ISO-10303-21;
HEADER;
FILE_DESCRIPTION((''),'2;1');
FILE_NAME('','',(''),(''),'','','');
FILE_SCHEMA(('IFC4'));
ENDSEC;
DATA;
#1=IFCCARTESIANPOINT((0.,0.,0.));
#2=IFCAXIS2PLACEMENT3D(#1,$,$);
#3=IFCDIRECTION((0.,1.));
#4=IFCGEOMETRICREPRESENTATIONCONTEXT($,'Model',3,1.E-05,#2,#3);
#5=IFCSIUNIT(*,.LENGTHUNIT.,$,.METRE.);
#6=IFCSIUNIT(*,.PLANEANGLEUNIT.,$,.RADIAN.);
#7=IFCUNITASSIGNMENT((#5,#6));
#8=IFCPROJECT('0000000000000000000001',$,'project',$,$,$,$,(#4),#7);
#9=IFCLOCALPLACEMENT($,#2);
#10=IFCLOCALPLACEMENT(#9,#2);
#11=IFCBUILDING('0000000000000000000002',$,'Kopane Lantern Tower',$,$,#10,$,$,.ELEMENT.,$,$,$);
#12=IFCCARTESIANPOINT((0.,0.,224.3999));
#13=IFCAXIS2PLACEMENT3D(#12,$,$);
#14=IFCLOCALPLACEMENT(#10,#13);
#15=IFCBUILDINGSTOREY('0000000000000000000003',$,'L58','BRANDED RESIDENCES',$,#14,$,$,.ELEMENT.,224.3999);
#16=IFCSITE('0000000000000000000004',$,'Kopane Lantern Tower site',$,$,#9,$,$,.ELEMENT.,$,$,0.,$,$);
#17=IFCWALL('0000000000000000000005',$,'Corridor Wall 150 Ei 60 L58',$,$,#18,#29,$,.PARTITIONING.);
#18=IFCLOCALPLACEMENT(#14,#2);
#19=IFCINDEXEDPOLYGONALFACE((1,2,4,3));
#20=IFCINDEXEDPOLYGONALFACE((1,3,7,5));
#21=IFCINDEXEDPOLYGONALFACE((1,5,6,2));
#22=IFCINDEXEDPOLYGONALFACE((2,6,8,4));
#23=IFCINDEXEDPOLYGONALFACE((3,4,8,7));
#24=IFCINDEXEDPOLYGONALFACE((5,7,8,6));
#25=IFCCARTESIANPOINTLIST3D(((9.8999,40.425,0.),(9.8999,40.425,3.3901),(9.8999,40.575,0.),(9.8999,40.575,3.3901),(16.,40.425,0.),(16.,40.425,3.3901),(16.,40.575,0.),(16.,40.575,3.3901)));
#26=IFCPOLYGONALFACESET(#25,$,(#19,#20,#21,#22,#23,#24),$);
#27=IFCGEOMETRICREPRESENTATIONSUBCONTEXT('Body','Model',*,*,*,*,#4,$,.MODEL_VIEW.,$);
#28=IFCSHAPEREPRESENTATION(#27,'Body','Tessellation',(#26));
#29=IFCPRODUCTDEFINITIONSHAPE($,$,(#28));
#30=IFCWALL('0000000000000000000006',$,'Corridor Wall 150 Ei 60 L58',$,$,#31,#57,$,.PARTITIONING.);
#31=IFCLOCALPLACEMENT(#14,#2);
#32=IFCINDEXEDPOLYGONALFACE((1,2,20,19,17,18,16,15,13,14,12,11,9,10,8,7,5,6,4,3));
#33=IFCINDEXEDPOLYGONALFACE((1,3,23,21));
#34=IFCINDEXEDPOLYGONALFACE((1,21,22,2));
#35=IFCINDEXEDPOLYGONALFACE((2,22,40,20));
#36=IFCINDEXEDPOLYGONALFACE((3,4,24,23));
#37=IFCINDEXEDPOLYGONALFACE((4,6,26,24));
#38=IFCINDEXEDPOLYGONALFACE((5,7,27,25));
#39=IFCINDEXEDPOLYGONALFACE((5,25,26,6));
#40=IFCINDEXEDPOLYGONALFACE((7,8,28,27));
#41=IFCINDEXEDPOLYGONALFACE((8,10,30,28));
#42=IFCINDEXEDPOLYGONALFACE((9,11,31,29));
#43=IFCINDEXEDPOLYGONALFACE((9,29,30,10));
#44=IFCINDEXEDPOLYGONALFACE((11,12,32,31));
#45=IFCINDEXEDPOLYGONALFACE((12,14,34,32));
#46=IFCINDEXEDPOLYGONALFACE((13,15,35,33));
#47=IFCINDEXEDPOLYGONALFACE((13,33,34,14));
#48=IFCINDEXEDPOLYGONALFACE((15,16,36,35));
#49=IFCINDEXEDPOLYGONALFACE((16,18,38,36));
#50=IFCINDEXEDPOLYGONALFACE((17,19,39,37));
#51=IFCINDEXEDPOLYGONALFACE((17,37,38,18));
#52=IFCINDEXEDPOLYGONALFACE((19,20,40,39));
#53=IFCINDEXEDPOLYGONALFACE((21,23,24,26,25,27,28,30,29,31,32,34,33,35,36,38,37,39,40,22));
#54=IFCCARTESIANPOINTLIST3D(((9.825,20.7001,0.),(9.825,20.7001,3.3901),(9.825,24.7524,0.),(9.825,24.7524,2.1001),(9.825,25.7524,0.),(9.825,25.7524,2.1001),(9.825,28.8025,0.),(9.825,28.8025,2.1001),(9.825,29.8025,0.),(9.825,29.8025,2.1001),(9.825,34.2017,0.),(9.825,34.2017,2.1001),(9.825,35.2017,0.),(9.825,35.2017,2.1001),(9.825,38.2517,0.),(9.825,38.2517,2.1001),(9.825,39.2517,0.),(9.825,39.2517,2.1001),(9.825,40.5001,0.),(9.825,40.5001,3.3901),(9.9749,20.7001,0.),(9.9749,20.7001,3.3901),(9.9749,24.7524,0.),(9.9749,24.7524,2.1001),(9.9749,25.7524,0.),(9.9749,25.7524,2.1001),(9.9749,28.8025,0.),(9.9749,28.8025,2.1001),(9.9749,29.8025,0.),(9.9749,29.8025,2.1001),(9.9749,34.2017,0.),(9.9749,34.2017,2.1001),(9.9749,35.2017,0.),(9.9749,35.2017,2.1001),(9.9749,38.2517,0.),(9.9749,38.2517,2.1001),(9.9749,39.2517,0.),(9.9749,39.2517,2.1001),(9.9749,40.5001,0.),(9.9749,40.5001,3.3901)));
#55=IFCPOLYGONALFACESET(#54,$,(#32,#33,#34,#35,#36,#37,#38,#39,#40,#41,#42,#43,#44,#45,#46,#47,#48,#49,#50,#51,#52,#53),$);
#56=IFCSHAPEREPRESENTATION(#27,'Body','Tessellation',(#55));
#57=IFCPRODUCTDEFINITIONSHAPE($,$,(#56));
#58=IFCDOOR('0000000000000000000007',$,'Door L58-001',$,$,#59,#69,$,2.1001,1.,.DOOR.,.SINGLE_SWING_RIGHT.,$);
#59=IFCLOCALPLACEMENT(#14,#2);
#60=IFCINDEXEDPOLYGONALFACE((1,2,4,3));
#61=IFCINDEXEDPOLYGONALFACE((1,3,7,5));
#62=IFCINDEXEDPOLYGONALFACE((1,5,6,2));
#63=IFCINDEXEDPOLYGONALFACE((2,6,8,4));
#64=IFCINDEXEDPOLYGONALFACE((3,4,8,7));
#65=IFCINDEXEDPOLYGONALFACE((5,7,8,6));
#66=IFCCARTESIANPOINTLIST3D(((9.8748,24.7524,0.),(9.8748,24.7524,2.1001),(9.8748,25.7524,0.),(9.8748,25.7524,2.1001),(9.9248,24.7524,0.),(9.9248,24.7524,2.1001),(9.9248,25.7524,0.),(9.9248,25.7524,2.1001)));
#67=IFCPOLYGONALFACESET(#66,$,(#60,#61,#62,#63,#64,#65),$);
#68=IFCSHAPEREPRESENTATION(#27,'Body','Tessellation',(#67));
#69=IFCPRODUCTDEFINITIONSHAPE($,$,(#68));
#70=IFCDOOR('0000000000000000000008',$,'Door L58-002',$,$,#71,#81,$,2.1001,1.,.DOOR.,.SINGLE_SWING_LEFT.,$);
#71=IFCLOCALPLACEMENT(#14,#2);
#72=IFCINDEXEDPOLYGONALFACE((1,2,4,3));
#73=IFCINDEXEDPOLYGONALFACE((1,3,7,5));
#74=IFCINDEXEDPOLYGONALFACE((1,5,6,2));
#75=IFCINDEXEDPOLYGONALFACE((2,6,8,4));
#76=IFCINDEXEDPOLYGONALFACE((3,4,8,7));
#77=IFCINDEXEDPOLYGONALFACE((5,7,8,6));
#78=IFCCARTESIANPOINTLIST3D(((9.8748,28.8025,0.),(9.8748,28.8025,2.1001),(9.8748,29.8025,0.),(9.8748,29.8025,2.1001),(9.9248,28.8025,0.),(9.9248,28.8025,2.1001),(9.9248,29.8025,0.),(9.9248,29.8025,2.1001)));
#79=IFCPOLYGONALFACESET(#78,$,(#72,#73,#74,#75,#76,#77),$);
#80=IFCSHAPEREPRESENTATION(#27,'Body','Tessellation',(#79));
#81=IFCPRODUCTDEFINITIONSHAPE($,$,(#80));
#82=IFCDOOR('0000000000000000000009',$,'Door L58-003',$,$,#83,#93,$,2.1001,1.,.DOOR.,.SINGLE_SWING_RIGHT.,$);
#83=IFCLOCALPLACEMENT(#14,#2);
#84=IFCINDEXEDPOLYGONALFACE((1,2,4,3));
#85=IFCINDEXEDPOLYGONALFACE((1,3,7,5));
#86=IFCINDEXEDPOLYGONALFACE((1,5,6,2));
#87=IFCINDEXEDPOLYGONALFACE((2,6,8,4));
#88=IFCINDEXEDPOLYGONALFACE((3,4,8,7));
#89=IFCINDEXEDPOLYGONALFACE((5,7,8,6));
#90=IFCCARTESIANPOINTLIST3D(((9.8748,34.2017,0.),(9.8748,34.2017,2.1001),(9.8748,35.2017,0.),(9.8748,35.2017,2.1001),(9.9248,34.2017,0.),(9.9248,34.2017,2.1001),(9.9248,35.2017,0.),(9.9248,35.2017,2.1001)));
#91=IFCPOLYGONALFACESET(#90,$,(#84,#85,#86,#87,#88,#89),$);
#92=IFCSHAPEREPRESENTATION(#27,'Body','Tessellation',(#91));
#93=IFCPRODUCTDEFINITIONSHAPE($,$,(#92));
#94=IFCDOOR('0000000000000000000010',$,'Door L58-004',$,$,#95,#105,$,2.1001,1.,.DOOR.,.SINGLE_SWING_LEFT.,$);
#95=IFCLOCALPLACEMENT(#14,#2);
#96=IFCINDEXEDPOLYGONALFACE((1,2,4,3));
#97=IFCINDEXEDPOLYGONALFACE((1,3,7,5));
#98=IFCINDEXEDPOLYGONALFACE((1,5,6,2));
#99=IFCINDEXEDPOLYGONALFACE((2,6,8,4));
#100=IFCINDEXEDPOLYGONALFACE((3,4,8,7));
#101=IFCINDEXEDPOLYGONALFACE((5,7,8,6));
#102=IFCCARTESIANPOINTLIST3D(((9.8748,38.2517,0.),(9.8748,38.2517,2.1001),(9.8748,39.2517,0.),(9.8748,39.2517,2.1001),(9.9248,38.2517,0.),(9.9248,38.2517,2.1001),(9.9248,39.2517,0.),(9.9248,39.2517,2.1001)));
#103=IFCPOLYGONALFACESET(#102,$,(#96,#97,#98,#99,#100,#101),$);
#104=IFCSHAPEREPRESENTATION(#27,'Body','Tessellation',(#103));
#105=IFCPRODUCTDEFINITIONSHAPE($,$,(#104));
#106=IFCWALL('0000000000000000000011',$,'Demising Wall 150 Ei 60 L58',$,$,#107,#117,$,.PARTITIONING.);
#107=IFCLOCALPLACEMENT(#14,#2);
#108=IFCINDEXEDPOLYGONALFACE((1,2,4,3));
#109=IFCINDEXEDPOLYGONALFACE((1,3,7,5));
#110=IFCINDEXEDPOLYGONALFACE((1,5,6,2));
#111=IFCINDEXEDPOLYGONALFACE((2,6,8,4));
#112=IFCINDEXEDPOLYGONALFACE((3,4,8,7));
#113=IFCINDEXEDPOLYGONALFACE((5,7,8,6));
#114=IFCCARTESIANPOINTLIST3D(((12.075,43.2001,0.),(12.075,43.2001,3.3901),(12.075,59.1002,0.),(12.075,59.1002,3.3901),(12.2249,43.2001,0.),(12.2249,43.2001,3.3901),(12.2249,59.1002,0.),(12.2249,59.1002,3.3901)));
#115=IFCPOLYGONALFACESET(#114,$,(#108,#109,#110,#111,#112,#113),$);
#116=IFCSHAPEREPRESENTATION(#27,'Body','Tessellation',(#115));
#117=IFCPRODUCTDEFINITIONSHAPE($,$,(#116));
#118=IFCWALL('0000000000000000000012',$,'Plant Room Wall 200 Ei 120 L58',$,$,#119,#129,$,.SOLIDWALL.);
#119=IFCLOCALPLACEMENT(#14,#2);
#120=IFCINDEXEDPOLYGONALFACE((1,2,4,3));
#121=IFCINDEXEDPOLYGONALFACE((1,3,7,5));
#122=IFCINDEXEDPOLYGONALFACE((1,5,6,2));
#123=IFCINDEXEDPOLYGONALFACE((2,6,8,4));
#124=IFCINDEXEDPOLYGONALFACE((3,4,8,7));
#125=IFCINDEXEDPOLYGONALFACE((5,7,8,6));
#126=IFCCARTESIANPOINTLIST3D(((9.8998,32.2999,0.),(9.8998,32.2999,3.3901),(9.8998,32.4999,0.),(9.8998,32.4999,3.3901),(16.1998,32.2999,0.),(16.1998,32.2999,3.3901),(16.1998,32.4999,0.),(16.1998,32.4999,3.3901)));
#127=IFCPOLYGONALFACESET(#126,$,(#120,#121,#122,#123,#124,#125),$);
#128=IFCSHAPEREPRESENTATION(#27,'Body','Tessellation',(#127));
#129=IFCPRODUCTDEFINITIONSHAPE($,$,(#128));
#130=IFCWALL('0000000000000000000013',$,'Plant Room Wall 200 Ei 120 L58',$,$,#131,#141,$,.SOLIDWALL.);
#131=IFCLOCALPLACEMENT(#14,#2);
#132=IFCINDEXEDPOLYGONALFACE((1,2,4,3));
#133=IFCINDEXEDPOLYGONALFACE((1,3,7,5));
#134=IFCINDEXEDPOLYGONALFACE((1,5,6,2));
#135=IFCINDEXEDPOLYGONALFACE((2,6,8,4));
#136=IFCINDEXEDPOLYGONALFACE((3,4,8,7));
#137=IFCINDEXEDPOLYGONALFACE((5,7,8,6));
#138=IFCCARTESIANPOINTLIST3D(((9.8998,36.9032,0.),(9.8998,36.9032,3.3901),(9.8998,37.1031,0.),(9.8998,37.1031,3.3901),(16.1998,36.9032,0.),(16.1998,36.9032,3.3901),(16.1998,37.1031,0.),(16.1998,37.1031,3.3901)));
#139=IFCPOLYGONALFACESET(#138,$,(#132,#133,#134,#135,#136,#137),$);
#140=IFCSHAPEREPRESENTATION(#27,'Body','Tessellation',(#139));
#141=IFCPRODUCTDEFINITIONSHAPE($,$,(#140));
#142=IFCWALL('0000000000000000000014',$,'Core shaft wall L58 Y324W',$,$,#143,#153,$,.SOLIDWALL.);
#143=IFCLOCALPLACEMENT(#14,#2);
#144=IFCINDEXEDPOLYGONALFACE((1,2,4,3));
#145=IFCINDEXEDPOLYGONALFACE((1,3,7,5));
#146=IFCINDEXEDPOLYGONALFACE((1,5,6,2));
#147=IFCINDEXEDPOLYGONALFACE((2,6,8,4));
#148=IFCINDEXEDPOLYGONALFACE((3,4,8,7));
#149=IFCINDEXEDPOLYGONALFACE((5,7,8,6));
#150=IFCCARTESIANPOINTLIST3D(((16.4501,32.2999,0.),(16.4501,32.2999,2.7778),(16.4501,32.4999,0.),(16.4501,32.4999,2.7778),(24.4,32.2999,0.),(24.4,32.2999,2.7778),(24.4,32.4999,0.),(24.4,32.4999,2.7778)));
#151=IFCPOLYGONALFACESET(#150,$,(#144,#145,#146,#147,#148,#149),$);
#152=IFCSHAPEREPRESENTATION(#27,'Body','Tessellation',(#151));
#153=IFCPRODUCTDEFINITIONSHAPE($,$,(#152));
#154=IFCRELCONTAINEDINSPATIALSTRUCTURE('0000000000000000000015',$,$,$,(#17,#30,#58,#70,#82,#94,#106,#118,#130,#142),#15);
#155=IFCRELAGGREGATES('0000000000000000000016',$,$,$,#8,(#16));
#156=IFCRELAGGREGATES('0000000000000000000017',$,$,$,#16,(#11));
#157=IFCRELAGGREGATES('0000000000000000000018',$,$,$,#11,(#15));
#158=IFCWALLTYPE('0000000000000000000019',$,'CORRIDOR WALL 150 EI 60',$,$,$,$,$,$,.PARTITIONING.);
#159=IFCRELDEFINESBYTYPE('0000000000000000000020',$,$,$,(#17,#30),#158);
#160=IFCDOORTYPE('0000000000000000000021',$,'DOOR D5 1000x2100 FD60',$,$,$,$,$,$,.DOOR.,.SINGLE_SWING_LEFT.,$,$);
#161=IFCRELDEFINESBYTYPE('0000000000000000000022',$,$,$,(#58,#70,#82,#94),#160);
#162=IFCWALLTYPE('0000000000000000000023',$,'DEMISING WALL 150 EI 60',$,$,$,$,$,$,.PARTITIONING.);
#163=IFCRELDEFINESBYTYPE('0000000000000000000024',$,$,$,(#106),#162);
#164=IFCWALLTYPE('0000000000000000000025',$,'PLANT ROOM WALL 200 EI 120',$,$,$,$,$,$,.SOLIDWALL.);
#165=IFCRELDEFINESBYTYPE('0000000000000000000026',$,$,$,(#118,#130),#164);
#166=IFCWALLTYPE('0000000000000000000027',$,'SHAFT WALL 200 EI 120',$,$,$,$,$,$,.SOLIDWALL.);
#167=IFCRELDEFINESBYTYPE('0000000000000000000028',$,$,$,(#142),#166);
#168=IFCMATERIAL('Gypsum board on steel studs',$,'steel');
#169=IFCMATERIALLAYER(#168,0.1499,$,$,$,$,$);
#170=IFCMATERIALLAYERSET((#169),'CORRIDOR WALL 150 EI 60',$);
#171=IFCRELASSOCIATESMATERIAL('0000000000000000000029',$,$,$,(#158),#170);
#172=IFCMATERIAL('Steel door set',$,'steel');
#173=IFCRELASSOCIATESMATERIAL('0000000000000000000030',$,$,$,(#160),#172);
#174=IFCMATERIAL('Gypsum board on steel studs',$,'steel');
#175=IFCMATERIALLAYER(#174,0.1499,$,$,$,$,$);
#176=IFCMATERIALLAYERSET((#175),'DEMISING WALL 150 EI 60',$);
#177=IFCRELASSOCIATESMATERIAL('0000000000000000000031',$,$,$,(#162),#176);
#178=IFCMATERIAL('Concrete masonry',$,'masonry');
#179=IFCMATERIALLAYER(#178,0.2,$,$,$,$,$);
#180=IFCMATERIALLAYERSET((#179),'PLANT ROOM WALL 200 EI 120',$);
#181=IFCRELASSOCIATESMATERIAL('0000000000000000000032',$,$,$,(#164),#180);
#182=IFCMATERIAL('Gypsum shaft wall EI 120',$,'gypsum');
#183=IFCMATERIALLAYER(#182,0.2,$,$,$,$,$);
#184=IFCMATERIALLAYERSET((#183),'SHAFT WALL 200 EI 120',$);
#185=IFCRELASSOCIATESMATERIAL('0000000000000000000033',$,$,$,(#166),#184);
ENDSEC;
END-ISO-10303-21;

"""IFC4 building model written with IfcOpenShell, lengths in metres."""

from ifc_helpers import new_model, si_unit, direction, frame, frame_2d, origin, place, context, subcontext, project, spatial, rectangle, extrude, material, layer, layer_set, type_object, element, fill, save


model = new_model("IFC4")

# Units and contexts
model_context = context("Model", 3, precision=1e-05, world=origin(), true_north=direction((0.0, 1.0)))
body_context = subcontext(model_context, "Body", "Model", "MODEL_VIEW")
ifc_project = project(units=[si_unit("LENGTHUNIT", "METRE"), si_unit("PLANEANGLEUNIT", "RADIAN")], contexts=[model_context])

# Site, building, storey
site_placement = place(None, origin())
site = spatial("IfcSite", under=ifc_project, at=site_placement, Name="Kopane Lantern Tower site", CompositionType="ELEMENT", RefElevation=0.0)
building_placement = place(site_placement, origin())
building = spatial("IfcBuilding", under=site, at=building_placement, Name="Kopane Lantern Tower", CompositionType="ELEMENT")
storey_placement = place(building_placement, frame((0.0, 0.0, 224.3999)))
storey = spatial("IfcBuildingStorey", under=building, at=storey_placement, Name="L58", Description="BRANDED RESIDENCES", CompositionType="ELEMENT", Elevation=224.3999)

# Wall
ifc_material_1 = material(Name="Gypsum board on steel studs", Category="steel")
ifc_layer_1 = layer(ifc_material_1, 0.1499)
ifc_layer_set_1 = layer_set([ifc_layer_1], Name="CORRIDOR WALL 150 EI 60")
wall_type_1 = type_object("IfcWallType", Name="CORRIDOR WALL 150 EI 60", PredefinedType="PARTITIONING", material=ifc_layer_set_1)
wall_1_placement = place(storey_placement, frame((16.0, 40.5, 0.0), z_axis=(0.0, 0.0, 1.0), x_axis=(-1.0, 0.0, 0.0)))
element("IfcWall", 1, at=wall_1_placement, inside=storey, type_object=wall_type_1, Name="Corridor Wall 150 Ei 60 L58", PredefinedType="PARTITIONING", context=body_context, shape_type="SweptSolid", body=[
    extrude(rectangle(XDim=6.1001, YDim=0.1499, at=frame_2d((3.05, 0.0))), origin(), (0.0, 0.0, 1.0), 3.3901),
])

# Wall, openings, doors
wall_2_placement = place(storey_placement, frame((9.8999, 40.5, 0.0), z_axis=(0.0, 0.0, 1.0), x_axis=(0.0, -1.0, 0.0)))
wall_2 = element("IfcWall", 2, at=wall_2_placement, inside=storey, type_object=wall_type_1, Name="Corridor Wall 150 Ei 60 L58", PredefinedType="PARTITIONING", context=body_context, shape_type="SweptSolid", body=[
    extrude(rectangle(XDim=19.8, YDim=0.1499, at=frame_2d((9.8999, 0.0))), origin(), (0.0, 0.0, 1.0), 3.3901),
])
opening_1_placement = place(wall_2_placement, frame((14.7476, 0.0, 0.0)))
opening_1 = element("IfcOpeningElement", 3, at=opening_1_placement, cuts=wall_2, PredefinedType="OPENING", context=body_context, shape_type="SweptSolid", body=[
    extrude(rectangle(XDim=1.0, YDim=2.1001, at=frame_2d((0.5, 1.05))), frame((0.0, 0.085, 0.0), z_axis=(0.0, -1.0, 0.0), x_axis=(1.0, 0.0, 0.0)), (0.0, 0.0, 1.0), 0.1699),
])
opening_2_placement = place(wall_2_placement, frame((10.6975, 0.0, 0.0)))
opening_2 = element("IfcOpeningElement", 4, at=opening_2_placement, cuts=wall_2, PredefinedType="OPENING", context=body_context, shape_type="SweptSolid", body=[
    extrude(rectangle(XDim=1.0, YDim=2.1001, at=frame_2d((0.5, 1.05))), frame((0.0, 0.085, 0.0), z_axis=(0.0, -1.0, 0.0), x_axis=(1.0, 0.0, 0.0)), (0.0, 0.0, 1.0), 0.1699),
])
opening_3_placement = place(wall_2_placement, frame((5.2983, 0.0, 0.0)))
opening_3 = element("IfcOpeningElement", 5, at=opening_3_placement, cuts=wall_2, PredefinedType="OPENING", context=body_context, shape_type="SweptSolid", body=[
    extrude(rectangle(XDim=1.0, YDim=2.1001, at=frame_2d((0.5, 1.05))), frame((0.0, 0.085, 0.0), z_axis=(0.0, -1.0, 0.0), x_axis=(1.0, 0.0, 0.0)), (0.0, 0.0, 1.0), 0.1699),
])
opening_4_placement = place(wall_2_placement, frame((1.2483, 0.0, 0.0)))
opening_4 = element("IfcOpeningElement", 6, at=opening_4_placement, cuts=wall_2, PredefinedType="OPENING", context=body_context, shape_type="SweptSolid", body=[
    extrude(rectangle(XDim=1.0, YDim=2.1001, at=frame_2d((0.5, 1.05))), frame((0.0, 0.085, 0.0), z_axis=(0.0, -1.0, 0.0), x_axis=(1.0, 0.0, 0.0)), (0.0, 0.0, 1.0), 0.1699),
])
ifc_material_2 = material(Name="Steel door set", Category="steel")
door_type_1 = type_object("IfcDoorType", Name="DOOR D5 1000x2100 FD60", OperationType="SINGLE_SWING_LEFT", PredefinedType="DOOR", material=ifc_material_2)
door_1_placement = place(opening_1_placement, origin())
door_1 = element("IfcDoor", 7, at=door_1_placement, inside=storey, type_object=door_type_1, Name="Door L58-001", OperationType="SINGLE_SWING_RIGHT", OverallHeight=2.1001, OverallWidth=1.0, PredefinedType="DOOR", context=body_context, shape_type="SweptSolid", body=[
    extrude(rectangle(XDim=1.0, YDim=2.1001, at=frame_2d((0.5, 1.05))), frame((0.0, 0.0249, 0.0), z_axis=(0.0, -1.0, 0.0), x_axis=(1.0, 0.0, 0.0)), (0.0, 0.0, 1.0), 0.05),
])
fill(opening_1, door_1)
door_2_placement = place(opening_2_placement, origin())
door_2 = element("IfcDoor", 8, at=door_2_placement, inside=storey, type_object=door_type_1, Name="Door L58-002", OperationType="SINGLE_SWING_LEFT", OverallHeight=2.1001, OverallWidth=1.0, PredefinedType="DOOR", context=body_context, shape_type="SweptSolid", body=[
    extrude(rectangle(XDim=1.0, YDim=2.1001, at=frame_2d((0.5, 1.05))), frame((0.0, 0.0249, 0.0), z_axis=(0.0, -1.0, 0.0), x_axis=(1.0, 0.0, 0.0)), (0.0, 0.0, 1.0), 0.05),
])
fill(opening_2, door_2)
door_3_placement = place(opening_3_placement, origin())
door_3 = element("IfcDoor", 9, at=door_3_placement, inside=storey, type_object=door_type_1, Name="Door L58-003", OperationType="SINGLE_SWING_RIGHT", OverallHeight=2.1001, OverallWidth=1.0, PredefinedType="DOOR", context=body_context, shape_type="SweptSolid", body=[
    extrude(rectangle(XDim=1.0, YDim=2.1001, at=frame_2d((0.5, 1.05))), frame((0.0, 0.0249, 0.0), z_axis=(0.0, -1.0, 0.0), x_axis=(1.0, 0.0, 0.0)), (0.0, 0.0, 1.0), 0.05),
])
fill(opening_3, door_3)
door_4_placement = place(opening_4_placement, origin())
door_4 = element("IfcDoor", 10, at=door_4_placement, inside=storey, type_object=door_type_1, Name="Door L58-004", OperationType="SINGLE_SWING_LEFT", OverallHeight=2.1001, OverallWidth=1.0, PredefinedType="DOOR", context=body_context, shape_type="SweptSolid", body=[
    extrude(rectangle(XDim=1.0, YDim=2.1001, at=frame_2d((0.5, 1.05))), frame((0.0, 0.0249, 0.0), z_axis=(0.0, -1.0, 0.0), x_axis=(1.0, 0.0, 0.0)), (0.0, 0.0, 1.0), 0.05),
])
fill(opening_4, door_4)

# Walls
ifc_material_3 = material(Name="Gypsum board on steel studs", Category="steel")
ifc_layer_2 = layer(ifc_material_3, 0.1499)
ifc_layer_set_2 = layer_set([ifc_layer_2], Name="DEMISING WALL 150 EI 60")
wall_type_2 = type_object("IfcWallType", Name="DEMISING WALL 150 EI 60", PredefinedType="PARTITIONING", material=ifc_layer_set_2)
wall_3_placement = place(storey_placement, frame((12.1499, 43.2, 0.0), z_axis=(0.0, 0.0, 1.0), x_axis=(0.0, 1.0, 0.0)))
element("IfcWall", 11, at=wall_3_placement, inside=storey, type_object=wall_type_2, Name="Demising Wall 150 Ei 60 L58", PredefinedType="PARTITIONING", context=body_context, shape_type="SweptSolid", body=[
    extrude(rectangle(XDim=15.9001, YDim=0.1499, at=frame_2d((7.9502, 0.0))), origin(), (0.0, 0.0, 1.0), 3.3901),
])
ifc_material_4 = material(Name="Concrete masonry", Category="masonry")
ifc_layer_3 = layer(ifc_material_4, 0.2)
ifc_layer_set_3 = layer_set([ifc_layer_3], Name="PLANT ROOM WALL 200 EI 120")
wall_type_3 = type_object("IfcWallType", Name="PLANT ROOM WALL 200 EI 120", PredefinedType="SOLIDWALL", material=ifc_layer_set_3)
for number, where, z_axis, x_axis, name in (
    (12, (9.8999, 32.3999, 0.0), (0.0, 0.0, 1.0), (1.0, 0.0, 0.0), "Plant Room Wall 200 Ei 120 L58"),
    (13, (9.8999, 37.0032, 0.0), (0.0, 0.0, 1.0), (1.0, 0.0, 0.0), "Plant Room Wall 200 Ei 120 L58"),
):
    element("IfcWall", number, at=place(storey_placement, frame(where, z_axis=z_axis, x_axis=x_axis)), inside=storey, type_object=wall_type_3, Name=name, PredefinedType="SOLIDWALL", context=body_context, shape_type="SweptSolid", body=[
        extrude(rectangle(XDim=6.3, YDim=0.2, at=frame_2d((3.1499, 0.0))), origin(), (0.0, 0.0, 1.0), 3.3901),
    ])
ifc_material_5 = material(Name="Gypsum shaft wall EI 120", Category="gypsum")
ifc_layer_4 = layer(ifc_material_5, 0.2)
ifc_layer_set_4 = layer_set([ifc_layer_4], Name="SHAFT WALL 200 EI 120")
wall_type_4 = type_object("IfcWallType", Name="SHAFT WALL 200 EI 120", PredefinedType="SOLIDWALL", material=ifc_layer_set_4)
wall_4_placement = place(storey_placement, frame((16.45, 32.3999, 0.0), z_axis=(0.0, 0.0, 1.0), x_axis=(1.0, 0.0, 0.0)))
element("IfcWall", 14, at=wall_4_placement, inside=storey, type_object=wall_type_4, Name="Core shaft wall L58 Y324W", PredefinedType="SOLIDWALL", context=body_context, shape_type="SweptSolid", body=[
    extrude(rectangle(XDim=7.95, YDim=0.2, at=frame_2d((3.9751, 0.0))), origin(), (0.0, 0.0, 1.0), 2.7778),
])

save(model, "model.ifc")
